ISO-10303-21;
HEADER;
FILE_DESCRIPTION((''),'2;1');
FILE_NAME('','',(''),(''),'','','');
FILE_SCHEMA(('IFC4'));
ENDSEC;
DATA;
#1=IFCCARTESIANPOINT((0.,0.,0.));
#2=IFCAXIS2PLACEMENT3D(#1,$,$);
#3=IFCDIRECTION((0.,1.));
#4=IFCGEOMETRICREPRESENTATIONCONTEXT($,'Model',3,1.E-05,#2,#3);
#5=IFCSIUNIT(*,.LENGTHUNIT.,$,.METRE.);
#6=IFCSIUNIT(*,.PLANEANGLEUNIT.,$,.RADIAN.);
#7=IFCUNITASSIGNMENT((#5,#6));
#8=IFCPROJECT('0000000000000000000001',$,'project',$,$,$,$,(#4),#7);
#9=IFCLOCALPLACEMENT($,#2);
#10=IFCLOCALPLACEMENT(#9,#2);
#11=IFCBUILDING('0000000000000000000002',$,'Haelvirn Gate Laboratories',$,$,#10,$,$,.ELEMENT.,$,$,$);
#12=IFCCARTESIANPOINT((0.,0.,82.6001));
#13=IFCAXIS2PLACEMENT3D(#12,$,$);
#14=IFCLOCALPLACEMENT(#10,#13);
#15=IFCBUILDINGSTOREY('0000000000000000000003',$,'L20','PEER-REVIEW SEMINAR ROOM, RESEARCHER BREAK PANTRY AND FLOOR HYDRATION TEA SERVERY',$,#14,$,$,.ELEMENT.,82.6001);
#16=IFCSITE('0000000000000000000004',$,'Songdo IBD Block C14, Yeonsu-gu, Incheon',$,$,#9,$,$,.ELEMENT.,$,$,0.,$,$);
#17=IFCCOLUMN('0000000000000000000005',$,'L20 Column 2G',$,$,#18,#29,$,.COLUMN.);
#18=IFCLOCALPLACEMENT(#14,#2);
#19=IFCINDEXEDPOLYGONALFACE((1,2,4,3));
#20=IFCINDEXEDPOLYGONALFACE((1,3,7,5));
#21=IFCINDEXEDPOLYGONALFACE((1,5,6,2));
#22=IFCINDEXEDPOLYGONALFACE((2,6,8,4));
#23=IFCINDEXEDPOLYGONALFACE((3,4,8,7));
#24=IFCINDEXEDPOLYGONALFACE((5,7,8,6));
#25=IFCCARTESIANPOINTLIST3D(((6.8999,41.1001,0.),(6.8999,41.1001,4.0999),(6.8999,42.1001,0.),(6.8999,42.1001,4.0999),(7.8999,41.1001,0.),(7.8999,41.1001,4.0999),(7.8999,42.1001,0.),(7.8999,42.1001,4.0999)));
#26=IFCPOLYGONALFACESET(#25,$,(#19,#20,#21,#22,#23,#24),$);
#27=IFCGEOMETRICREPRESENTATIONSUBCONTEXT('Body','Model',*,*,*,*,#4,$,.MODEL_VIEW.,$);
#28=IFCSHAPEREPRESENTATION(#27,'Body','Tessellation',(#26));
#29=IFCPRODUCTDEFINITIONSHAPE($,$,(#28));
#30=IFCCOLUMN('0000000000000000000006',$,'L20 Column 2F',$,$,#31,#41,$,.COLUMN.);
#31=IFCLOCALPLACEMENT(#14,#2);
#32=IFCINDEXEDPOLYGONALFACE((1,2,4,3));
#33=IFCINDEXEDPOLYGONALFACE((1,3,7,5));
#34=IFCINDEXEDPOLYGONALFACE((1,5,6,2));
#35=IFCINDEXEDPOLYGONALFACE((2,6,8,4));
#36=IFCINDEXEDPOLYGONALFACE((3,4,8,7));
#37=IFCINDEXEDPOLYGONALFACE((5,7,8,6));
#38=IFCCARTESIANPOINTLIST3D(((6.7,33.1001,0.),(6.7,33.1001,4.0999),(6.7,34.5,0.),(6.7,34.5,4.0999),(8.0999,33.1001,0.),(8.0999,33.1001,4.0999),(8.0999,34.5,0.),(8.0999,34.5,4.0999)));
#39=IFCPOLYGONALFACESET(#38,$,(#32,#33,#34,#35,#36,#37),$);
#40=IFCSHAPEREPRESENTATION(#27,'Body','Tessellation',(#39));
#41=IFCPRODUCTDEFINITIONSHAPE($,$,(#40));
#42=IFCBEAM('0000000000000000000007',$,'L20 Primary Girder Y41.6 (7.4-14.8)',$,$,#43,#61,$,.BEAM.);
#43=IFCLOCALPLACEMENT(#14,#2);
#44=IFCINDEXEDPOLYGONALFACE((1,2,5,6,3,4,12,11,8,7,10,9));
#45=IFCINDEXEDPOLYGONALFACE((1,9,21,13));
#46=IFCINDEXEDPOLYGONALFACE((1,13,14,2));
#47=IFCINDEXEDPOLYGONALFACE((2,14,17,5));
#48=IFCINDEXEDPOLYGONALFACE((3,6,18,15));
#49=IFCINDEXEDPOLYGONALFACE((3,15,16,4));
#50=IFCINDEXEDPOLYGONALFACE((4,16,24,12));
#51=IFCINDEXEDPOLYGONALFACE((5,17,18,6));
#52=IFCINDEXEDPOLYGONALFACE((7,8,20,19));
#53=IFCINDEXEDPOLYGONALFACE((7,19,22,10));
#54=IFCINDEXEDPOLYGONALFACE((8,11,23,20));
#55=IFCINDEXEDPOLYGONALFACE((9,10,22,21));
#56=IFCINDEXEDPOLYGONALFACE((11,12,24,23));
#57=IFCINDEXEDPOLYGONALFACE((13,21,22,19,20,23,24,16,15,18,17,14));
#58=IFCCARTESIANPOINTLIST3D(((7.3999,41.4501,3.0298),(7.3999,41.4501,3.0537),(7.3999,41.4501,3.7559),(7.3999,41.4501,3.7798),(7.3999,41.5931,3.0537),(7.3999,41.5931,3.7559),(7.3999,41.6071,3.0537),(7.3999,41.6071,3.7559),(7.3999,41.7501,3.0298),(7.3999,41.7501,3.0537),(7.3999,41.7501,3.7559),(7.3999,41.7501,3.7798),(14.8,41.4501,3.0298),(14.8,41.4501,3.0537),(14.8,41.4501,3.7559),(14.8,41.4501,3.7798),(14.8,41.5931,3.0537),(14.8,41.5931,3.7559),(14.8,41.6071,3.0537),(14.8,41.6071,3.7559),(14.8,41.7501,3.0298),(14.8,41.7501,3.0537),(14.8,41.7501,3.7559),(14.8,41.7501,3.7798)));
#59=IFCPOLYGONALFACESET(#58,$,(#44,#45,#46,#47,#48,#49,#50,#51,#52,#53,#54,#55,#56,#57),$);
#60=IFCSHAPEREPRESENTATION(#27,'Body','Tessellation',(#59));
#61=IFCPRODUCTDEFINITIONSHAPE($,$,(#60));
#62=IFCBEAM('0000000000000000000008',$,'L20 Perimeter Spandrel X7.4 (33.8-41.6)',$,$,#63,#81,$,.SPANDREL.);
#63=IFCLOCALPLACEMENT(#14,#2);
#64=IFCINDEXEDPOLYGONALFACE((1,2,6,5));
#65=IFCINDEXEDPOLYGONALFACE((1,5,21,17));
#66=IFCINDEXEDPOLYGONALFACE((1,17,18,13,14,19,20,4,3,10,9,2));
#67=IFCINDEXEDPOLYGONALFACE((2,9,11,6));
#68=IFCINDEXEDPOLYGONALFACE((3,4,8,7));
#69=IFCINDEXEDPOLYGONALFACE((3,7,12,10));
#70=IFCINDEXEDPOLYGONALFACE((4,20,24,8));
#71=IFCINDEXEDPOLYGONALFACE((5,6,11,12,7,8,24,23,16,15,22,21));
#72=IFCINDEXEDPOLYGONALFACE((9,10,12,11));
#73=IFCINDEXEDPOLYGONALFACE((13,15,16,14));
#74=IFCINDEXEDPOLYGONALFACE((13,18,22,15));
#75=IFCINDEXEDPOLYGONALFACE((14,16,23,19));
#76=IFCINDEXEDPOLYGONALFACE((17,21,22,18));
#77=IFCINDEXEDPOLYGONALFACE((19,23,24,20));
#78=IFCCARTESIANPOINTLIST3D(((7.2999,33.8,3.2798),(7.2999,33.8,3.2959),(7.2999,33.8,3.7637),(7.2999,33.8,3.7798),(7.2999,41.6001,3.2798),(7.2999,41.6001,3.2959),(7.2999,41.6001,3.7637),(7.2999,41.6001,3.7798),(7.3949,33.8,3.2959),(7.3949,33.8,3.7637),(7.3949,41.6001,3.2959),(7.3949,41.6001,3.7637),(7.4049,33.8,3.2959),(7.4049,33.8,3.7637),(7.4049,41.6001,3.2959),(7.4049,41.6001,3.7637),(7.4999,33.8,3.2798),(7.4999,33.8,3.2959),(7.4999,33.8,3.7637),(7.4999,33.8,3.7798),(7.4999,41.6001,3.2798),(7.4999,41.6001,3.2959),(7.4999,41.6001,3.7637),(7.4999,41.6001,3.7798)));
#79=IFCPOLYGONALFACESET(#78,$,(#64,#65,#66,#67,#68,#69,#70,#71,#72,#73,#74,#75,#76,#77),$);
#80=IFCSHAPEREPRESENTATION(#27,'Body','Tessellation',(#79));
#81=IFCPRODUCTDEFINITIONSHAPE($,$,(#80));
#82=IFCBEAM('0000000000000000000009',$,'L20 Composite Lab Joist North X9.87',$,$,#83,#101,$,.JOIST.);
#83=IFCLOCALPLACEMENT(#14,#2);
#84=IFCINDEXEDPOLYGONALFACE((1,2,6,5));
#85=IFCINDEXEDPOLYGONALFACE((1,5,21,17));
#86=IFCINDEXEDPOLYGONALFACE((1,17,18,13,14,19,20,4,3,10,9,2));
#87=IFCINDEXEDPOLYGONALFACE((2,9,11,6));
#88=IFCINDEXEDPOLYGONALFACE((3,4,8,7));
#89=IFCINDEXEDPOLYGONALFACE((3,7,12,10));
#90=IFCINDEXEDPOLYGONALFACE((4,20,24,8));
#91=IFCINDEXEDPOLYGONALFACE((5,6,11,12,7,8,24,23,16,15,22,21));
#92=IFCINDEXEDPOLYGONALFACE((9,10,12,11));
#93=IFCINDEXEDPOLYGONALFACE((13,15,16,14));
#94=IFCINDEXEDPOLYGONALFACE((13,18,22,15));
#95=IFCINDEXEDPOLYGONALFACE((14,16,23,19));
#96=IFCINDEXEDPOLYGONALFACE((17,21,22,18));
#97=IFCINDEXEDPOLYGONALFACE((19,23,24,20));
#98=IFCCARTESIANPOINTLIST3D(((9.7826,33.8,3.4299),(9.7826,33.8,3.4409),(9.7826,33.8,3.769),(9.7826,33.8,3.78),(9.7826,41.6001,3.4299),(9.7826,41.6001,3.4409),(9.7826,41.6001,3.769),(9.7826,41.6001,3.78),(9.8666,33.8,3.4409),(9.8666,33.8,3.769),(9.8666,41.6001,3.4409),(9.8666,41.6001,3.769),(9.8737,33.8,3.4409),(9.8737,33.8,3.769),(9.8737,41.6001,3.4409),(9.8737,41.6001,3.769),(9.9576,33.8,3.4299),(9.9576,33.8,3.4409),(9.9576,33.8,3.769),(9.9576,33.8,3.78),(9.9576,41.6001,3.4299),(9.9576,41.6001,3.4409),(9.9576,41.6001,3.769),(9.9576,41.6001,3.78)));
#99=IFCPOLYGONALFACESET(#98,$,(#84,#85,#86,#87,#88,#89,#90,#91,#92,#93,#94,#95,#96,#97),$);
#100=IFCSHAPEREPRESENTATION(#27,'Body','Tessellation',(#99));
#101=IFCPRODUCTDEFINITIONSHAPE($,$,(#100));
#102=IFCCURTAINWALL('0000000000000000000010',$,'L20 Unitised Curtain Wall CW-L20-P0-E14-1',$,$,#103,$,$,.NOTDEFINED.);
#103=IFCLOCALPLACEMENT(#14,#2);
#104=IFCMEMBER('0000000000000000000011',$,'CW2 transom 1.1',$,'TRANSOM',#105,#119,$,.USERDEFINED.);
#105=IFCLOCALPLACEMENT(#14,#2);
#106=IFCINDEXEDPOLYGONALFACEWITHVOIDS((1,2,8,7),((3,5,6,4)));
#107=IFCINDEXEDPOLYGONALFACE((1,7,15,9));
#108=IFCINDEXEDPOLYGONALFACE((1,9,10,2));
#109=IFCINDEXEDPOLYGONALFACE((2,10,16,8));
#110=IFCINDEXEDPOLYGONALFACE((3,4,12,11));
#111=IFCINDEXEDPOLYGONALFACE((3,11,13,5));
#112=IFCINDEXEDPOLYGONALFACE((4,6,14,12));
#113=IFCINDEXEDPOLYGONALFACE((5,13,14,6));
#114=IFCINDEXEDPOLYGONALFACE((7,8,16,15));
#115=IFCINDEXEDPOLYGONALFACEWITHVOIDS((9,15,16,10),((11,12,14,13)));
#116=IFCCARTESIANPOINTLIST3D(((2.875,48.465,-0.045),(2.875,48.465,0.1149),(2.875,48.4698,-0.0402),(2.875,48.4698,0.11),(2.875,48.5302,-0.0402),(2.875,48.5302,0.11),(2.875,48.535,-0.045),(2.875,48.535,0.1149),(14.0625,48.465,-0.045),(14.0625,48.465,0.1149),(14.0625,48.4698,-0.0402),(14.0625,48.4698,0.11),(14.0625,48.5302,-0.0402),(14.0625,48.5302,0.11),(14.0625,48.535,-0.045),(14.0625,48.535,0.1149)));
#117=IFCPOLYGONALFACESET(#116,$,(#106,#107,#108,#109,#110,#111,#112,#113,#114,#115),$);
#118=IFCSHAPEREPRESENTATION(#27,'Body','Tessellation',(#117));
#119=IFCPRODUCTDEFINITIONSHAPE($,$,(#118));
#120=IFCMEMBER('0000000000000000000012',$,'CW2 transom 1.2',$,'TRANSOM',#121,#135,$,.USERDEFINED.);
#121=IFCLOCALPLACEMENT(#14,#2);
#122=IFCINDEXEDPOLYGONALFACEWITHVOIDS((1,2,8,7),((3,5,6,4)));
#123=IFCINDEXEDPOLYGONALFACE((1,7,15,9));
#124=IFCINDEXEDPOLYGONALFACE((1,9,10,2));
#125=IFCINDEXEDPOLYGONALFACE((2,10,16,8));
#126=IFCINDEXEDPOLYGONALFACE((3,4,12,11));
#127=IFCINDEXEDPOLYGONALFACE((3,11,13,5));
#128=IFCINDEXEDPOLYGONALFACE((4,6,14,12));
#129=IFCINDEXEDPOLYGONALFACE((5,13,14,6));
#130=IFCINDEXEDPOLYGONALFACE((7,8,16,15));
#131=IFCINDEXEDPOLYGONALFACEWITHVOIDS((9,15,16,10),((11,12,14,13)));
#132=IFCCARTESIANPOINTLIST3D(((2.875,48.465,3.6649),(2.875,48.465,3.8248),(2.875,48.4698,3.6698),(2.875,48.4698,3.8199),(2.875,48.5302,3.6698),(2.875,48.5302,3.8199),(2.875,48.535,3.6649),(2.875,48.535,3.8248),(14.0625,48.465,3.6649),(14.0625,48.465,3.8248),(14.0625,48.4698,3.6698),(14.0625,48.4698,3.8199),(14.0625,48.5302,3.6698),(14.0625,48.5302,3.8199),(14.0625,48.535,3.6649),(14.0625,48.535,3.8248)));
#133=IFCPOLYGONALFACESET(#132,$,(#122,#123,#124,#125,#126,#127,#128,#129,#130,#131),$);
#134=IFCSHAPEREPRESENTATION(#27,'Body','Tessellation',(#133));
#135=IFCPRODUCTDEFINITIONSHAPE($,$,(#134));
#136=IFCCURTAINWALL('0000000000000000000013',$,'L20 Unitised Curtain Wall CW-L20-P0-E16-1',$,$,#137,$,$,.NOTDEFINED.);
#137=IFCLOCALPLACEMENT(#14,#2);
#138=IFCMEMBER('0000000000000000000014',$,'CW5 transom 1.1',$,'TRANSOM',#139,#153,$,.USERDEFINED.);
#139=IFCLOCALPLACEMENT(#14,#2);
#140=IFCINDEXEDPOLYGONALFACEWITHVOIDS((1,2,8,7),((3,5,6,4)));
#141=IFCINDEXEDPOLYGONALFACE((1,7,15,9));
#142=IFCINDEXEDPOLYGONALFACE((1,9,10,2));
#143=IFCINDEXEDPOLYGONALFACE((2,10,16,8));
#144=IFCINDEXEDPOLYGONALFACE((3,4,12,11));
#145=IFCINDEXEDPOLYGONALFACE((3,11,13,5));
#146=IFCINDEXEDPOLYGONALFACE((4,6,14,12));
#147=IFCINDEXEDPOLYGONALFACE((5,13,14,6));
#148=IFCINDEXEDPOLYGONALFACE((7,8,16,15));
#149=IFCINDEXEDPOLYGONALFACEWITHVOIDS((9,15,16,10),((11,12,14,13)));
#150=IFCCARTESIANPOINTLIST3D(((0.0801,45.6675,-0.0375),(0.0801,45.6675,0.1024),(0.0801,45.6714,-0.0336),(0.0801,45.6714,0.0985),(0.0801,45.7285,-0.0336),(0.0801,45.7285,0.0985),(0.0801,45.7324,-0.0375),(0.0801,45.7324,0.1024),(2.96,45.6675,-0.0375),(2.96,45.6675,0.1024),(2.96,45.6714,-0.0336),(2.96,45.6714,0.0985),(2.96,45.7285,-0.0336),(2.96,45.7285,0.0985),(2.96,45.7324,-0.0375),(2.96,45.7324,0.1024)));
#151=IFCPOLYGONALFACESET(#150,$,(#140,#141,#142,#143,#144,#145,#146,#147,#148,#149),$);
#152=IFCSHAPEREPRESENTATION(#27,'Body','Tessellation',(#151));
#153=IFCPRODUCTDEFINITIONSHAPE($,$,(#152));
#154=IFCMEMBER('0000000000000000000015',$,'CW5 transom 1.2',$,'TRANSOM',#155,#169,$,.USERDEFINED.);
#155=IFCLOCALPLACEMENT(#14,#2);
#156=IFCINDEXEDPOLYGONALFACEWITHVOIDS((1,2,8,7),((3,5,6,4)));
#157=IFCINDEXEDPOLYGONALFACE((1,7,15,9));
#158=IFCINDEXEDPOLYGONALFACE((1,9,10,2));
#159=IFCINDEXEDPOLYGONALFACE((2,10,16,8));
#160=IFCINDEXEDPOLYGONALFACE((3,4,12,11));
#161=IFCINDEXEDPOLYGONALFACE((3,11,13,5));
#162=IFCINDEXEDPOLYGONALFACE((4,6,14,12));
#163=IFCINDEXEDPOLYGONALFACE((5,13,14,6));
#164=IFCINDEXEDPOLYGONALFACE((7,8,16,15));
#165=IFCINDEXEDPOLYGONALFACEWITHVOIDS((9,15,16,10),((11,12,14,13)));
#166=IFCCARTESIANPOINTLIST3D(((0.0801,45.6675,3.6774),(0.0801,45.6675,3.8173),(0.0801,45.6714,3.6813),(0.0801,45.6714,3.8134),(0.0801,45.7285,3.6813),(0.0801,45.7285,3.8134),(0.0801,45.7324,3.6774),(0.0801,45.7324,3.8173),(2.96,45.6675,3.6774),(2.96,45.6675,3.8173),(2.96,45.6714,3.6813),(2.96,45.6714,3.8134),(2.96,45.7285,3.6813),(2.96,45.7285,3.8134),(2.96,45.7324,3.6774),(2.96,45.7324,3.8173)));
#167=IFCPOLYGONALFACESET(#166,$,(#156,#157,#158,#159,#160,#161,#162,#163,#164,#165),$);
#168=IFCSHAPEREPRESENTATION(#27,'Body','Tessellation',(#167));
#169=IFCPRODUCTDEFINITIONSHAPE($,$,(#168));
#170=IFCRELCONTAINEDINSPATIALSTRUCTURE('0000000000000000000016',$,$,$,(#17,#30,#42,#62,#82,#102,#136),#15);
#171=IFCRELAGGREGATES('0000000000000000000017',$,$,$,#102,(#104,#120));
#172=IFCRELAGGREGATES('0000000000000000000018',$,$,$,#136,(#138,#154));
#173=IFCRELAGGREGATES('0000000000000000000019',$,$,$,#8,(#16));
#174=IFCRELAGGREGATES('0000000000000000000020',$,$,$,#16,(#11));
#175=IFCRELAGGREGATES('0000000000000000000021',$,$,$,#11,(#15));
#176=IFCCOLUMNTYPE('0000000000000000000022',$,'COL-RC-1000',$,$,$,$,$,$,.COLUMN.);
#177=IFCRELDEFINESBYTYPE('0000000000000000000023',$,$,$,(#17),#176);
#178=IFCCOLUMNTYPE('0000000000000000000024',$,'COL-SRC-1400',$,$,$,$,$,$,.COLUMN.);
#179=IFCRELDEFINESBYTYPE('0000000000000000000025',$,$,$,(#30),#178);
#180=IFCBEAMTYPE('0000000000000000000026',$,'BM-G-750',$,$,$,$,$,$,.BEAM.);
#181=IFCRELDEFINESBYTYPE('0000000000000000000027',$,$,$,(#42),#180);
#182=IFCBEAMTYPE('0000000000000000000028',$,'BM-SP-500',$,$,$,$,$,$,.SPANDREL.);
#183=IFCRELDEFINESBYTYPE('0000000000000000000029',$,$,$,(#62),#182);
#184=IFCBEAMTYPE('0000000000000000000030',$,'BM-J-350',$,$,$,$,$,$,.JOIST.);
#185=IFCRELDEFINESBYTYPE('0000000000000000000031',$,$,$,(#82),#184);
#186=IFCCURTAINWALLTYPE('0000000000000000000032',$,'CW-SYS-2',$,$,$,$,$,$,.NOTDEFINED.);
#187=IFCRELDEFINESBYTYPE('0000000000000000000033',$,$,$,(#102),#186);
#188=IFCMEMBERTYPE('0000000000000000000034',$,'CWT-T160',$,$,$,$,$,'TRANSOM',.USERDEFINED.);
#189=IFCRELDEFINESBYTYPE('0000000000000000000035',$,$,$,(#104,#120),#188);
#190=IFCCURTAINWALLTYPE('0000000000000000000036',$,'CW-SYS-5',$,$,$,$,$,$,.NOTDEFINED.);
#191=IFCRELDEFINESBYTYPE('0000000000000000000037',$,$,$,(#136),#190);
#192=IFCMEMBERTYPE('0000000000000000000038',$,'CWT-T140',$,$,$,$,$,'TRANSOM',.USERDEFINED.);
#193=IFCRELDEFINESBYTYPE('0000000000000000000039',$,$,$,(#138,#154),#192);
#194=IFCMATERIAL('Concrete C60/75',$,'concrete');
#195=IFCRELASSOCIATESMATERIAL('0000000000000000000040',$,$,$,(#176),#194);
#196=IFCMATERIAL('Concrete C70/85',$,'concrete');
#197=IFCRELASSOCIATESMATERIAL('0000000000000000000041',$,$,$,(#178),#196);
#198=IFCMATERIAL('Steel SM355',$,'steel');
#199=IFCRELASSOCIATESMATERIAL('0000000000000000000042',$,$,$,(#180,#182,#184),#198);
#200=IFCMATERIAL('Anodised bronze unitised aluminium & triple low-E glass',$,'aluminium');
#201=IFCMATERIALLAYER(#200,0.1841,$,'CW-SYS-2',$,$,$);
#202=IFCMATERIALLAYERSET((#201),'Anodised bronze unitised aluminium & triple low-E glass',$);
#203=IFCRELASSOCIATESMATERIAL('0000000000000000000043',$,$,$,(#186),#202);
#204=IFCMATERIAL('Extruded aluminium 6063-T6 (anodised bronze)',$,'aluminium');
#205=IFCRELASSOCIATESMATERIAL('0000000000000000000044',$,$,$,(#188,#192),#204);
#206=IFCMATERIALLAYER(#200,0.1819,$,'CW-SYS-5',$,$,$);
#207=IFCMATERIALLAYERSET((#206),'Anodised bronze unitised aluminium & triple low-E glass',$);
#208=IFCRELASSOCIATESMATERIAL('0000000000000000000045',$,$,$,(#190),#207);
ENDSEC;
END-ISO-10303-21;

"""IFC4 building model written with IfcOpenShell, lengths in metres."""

from ifc_helpers import new_model, si_unit, direction, frame, origin, origin_2d, place, context, subcontext, project, spatial, rectangle, hollow_rectangle, i_section, extrude, source, transform, mapped, material, layer, layer_set, material_profile, profile_set, type_object, type_shapes, element, aggregate, save


model = new_model("IFC4")

# Units and contexts
model_context = context("Model", 3, precision=1e-05, world=origin(), true_north=direction((0.0, 1.0)))
body_context = subcontext(model_context, "Body", "Model", "MODEL_VIEW")
ifc_project = project(units=[si_unit("LENGTHUNIT", "METRE"), si_unit("PLANEANGLEUNIT", "RADIAN")], contexts=[model_context])

# Site, building, storey
site_placement = place(None, origin())
site = spatial("IfcSite", under=ifc_project, at=site_placement, Name="Songdo IBD Block C14, Yeonsu-gu, Incheon", CompositionType="ELEMENT", RefElevation=0.0)
building_placement = place(site_placement, origin())
building = spatial("IfcBuilding", under=site, at=building_placement, Name="Haelvirn Gate Laboratories", CompositionType="ELEMENT")
storey_placement = place(building_placement, frame((0.0, 0.0, 82.6001)))
storey = spatial("IfcBuildingStorey", under=building, at=storey_placement, Name="L20", Description="PEER-REVIEW SEMINAR ROOM, RESEARCHER BREAK PANTRY AND FLOOR HYDRATION TEA SERVERY", CompositionType="ELEMENT", Elevation=82.6001)

# Columns
ifc_material_1 = material(Name="Concrete C60/75", Category="concrete")
ifc_material_profile_1 = material_profile(ifc_material_1, rectangle(XDim=1.0, YDim=1.0, at=origin_2d()), Name="RC-1000x1000")
ifc_profile_set_1 = profile_set([ifc_material_profile_1], Name="Concrete C60/75")
column_type_1 = type_object("IfcColumnType", Name="COL-RC-1000", PredefinedType="COLUMN", material=ifc_profile_set_1)
shared_shape_1 = source(origin(), body_context, "Body", "SweptSolid", [
    extrude(rectangle(XDim=1.0, YDim=1.0, at=origin_2d()), origin(), (0.0, 0.0, 1.0), 4.0999),
])
type_shapes(column_type_1, [shared_shape_1])
column_1_placement = place(storey_placement, frame((7.3999, 41.6001, 0.0), z_axis=(0.0, 0.0, 1.0), x_axis=(1.0, 0.0, 0.0)))
element("IfcColumn", 1, at=column_1_placement, inside=storey, type_object=column_type_1, Name="L20 Column 2G", PredefinedType="COLUMN", context=body_context, shape_type="MappedRepresentation", body=[
    mapped(shared_shape_1, transform((0.0, 0.0, 0.0), scale=1.0)),
])
ifc_material_2 = material(Name="Concrete C70/85", Category="concrete")
ifc_material_profile_2 = material_profile(ifc_material_2, rectangle(XDim=1.3999, YDim=1.3999, at=origin_2d()), Name="SRC-1400x1400")
ifc_profile_set_2 = profile_set([ifc_material_profile_2], Name="Concrete C70/85")
column_type_2 = type_object("IfcColumnType", Name="COL-SRC-1400", PredefinedType="COLUMN", material=ifc_profile_set_2)
shared_shape_2 = source(origin(), body_context, "Body", "SweptSolid", [
    extrude(rectangle(XDim=1.3999, YDim=1.3999, at=origin_2d()), origin(), (0.0, 0.0, 1.0), 4.0999),
])
type_shapes(column_type_2, [shared_shape_2])
column_2_placement = place(storey_placement, frame((7.3999, 33.8, 0.0), z_axis=(0.0, 0.0, 1.0), x_axis=(1.0, 0.0, 0.0)))
element("IfcColumn", 2, at=column_2_placement, inside=storey, type_object=column_type_2, Name="L20 Column 2F", PredefinedType="COLUMN", context=body_context, shape_type="MappedRepresentation", body=[
    mapped(shared_shape_2, transform((0.0, 0.0, 0.0), scale=1.0)),
])

# Beams
ifc_material_3 = material(Name="Steel SM355", Category="steel")
ifc_material_profile_3 = material_profile(ifc_material_3, i_section(OverallWidth=0.3, OverallDepth=0.75, WebThickness=0.0139, FlangeThickness=0.0239, at=origin_2d()), Name="H-750x300x14x24")
ifc_profile_set_3 = profile_set([ifc_material_profile_3], Name="Steel SM355")
beam_type_1 = type_object("IfcBeamType", Name="BM-G-750", PredefinedType="BEAM", material=ifc_profile_set_3)
shared_shape_3 = source(origin(), body_context, "Body", "SweptSolid", [
    extrude(i_section(OverallWidth=0.3, OverallDepth=0.75, WebThickness=0.0139, FlangeThickness=0.0239, at=origin_2d()), origin(), (0.0, 0.0, 1.0), 7.4001),
])
type_shapes(beam_type_1, [shared_shape_3])
beam_1_placement = place(storey_placement, frame((7.3999, 41.6001, 3.4048), z_axis=(1.0, 0.0, 0.0), x_axis=(0.0, 1.0, 0.0)))
element("IfcBeam", 3, at=beam_1_placement, inside=storey, type_object=beam_type_1, Name="L20 Primary Girder Y41.6 (7.4-14.8)", PredefinedType="BEAM", context=body_context, shape_type="MappedRepresentation", body=[
    mapped(shared_shape_3, transform((0.0, 0.0, 0.0), scale=1.0)),
])
ifc_material_profile_4 = material_profile(ifc_material_3, i_section(OverallWidth=0.2, OverallDepth=0.5, WebThickness=0.01, FlangeThickness=0.0161, at=origin_2d()), Name="H-500x200x10x16")
ifc_profile_set_4 = profile_set([ifc_material_profile_4], Name="Steel SM355")
beam_type_2 = type_object("IfcBeamType", Name="BM-SP-500", PredefinedType="SPANDREL", material=ifc_profile_set_4)
shared_shape_4 = source(origin(), body_context, "Body", "SweptSolid", [
    extrude(i_section(OverallWidth=0.2, OverallDepth=0.5, WebThickness=0.01, FlangeThickness=0.0161, at=origin_2d()), origin(), (0.0, 0.0, 1.0), 7.8),
])
type_shapes(beam_type_2, [shared_shape_4])
beam_2_placement = place(storey_placement, frame((7.3999, 33.8, 3.5298), z_axis=(0.0, 1.0, 0.0), x_axis=(-1.0, 0.0, 0.0)))
element("IfcBeam", 4, at=beam_2_placement, inside=storey, type_object=beam_type_2, Name="L20 Perimeter Spandrel X7.4 (33.8-41.6)", PredefinedType="SPANDREL", context=body_context, shape_type="MappedRepresentation", body=[
    mapped(shared_shape_4, transform((0.0, 0.0, 0.0), scale=1.0)),
])
ifc_material_profile_5 = material_profile(ifc_material_3, i_section(OverallWidth=0.175, OverallDepth=0.3501, WebThickness=0.0071, FlangeThickness=0.011, at=origin_2d()), Name="H-350x175x7x11")
ifc_profile_set_5 = profile_set([ifc_material_profile_5], Name="Steel SM355")
beam_type_3 = type_object("IfcBeamType", Name="BM-J-350", PredefinedType="JOIST", material=ifc_profile_set_5)
shared_shape_5 = source(origin(), body_context, "Body", "SweptSolid", [
    extrude(i_section(OverallWidth=0.175, OverallDepth=0.3501, WebThickness=0.0071, FlangeThickness=0.011, at=origin_2d()), origin(), (0.0, 0.0, 1.0), 7.8),
])
type_shapes(beam_type_3, [shared_shape_5])
beam_3_placement = place(storey_placement, frame((9.8701, 33.8, 3.605), z_axis=(0.0, 1.0, 0.0), x_axis=(-1.0, 0.0, 0.0)))
element("IfcBeam", 5, at=beam_3_placement, inside=storey, type_object=beam_type_3, Name="L20 Composite Lab Joist North X9.87", PredefinedType="JOIST", context=body_context, shape_type="MappedRepresentation", body=[
    mapped(shared_shape_5, transform((0.0, 0.0, 0.0), scale=1.0)),
])

# Curtain walls, members
ifc_material_4 = material(Name="Anodised bronze unitised aluminium & triple low-E glass", Category="aluminium")
ifc_layer_1 = layer(ifc_material_4, 0.1841, Name="CW-SYS-2")
ifc_layer_set_1 = layer_set([ifc_layer_1], Name="Anodised bronze unitised aluminium & triple low-E glass")
curtain_wall_type_1 = type_object("IfcCurtainWallType", Name="CW-SYS-2", PredefinedType="NOTDEFINED", material=ifc_layer_set_1)
curtain_wall_1_placement = place(storey_placement, origin())
curtain_wall_1 = element("IfcCurtainWall", 6, at=curtain_wall_1_placement, inside=storey, type_object=curtain_wall_type_1, Name="L20 Unitised Curtain Wall CW-L20-P0-E14-1", PredefinedType="NOTDEFINED")
ifc_material_5 = material(Name="Extruded aluminium 6063-T6 (anodised bronze)", Category="aluminium")
ifc_material_profile_6 = material_profile(ifc_material_5, hollow_rectangle(XDim=0.0701, YDim=0.1599, WallThickness=0.0049, at=origin_2d()), Name="CWT-160x70x5")
ifc_profile_set_6 = profile_set([ifc_material_profile_6], Name="Extruded aluminium 6063-T6 (anodised bronze)")
member_type_1 = type_object("IfcMemberType", Name="CWT-T160", ElementType="TRANSOM", PredefinedType="USERDEFINED", material=ifc_profile_set_6)
shared_shape_6 = source(origin(), body_context, "Body", "SweptSolid", [
    extrude(hollow_rectangle(XDim=0.0701, YDim=0.1599, WallThickness=0.0049, at=origin_2d()), origin(), (0.0, 0.0, 1.0), 11.1875),
])
member_1_placement = place(storey_placement, frame((2.875, 48.5, 0.0349), z_axis=(1.0, 0.0, 0.0), x_axis=(0.0, 1.0, 0.0)))
member_1 = element("IfcMember", 7, at=member_1_placement, type_object=member_type_1, Name="CW2 transom 1.1", ObjectType="TRANSOM", PredefinedType="USERDEFINED", context=body_context, shape_type="MappedRepresentation", body=[
    mapped(shared_shape_6, transform((0.0, 0.0, 0.0), scale=1.0)),
])
member_2_placement = place(storey_placement, frame((2.875, 48.5, 3.7449), z_axis=(1.0, 0.0, 0.0), x_axis=(0.0, 1.0, 0.0)))
member_2 = element("IfcMember", 8, at=member_2_placement, type_object=member_type_1, Name="CW2 transom 1.2", ObjectType="TRANSOM", PredefinedType="USERDEFINED", context=body_context, shape_type="MappedRepresentation", body=[
    mapped(shared_shape_6, transform((0.0, 0.0, 0.0), scale=1.0)),
])
ifc_layer_2 = layer(ifc_material_4, 0.1819, Name="CW-SYS-5")
ifc_layer_set_2 = layer_set([ifc_layer_2], Name="Anodised bronze unitised aluminium & triple low-E glass")
curtain_wall_type_2 = type_object("IfcCurtainWallType", Name="CW-SYS-5", PredefinedType="NOTDEFINED", material=ifc_layer_set_2)
curtain_wall_2_placement = place(storey_placement, origin())
curtain_wall_2 = element("IfcCurtainWall", 9, at=curtain_wall_2_placement, inside=storey, type_object=curtain_wall_type_2, Name="L20 Unitised Curtain Wall CW-L20-P0-E16-1", PredefinedType="NOTDEFINED")
ifc_material_profile_7 = material_profile(ifc_material_5, hollow_rectangle(XDim=0.0649, YDim=0.1399, WallThickness=0.0039, at=origin_2d()), Name="CWT-140x65x4")
ifc_profile_set_7 = profile_set([ifc_material_profile_7], Name="Extruded aluminium 6063-T6 (anodised bronze)")
member_type_2 = type_object("IfcMemberType", Name="CWT-T140", ElementType="TRANSOM", PredefinedType="USERDEFINED", material=ifc_profile_set_7)
shared_shape_7 = source(origin(), body_context, "Body", "SweptSolid", [
    extrude(hollow_rectangle(XDim=0.0649, YDim=0.1399, WallThickness=0.0039, at=origin_2d()), origin(), (0.0, 0.0, 1.0), 2.8799),
])
type_shapes(member_type_2, [shared_shape_7])
member_3_placement = place(storey_placement, frame((0.0801, 45.7, 0.0325), z_axis=(1.0, 0.0, 0.0), x_axis=(0.0, 1.0, 0.0)))
member_3 = element("IfcMember", 10, at=member_3_placement, type_object=member_type_2, Name="CW5 transom 1.1", ObjectType="TRANSOM", PredefinedType="USERDEFINED", context=body_context, shape_type="MappedRepresentation", body=[
    mapped(shared_shape_7, transform((0.0, 0.0, 0.0), scale=1.0)),
])
member_4_placement = place(storey_placement, frame((0.0801, 45.7, 3.7473), z_axis=(1.0, 0.0, 0.0), x_axis=(0.0, 1.0, 0.0)))
member_4 = element("IfcMember", 11, at=member_4_placement, type_object=member_type_2, Name="CW5 transom 1.2", ObjectType="TRANSOM", PredefinedType="USERDEFINED", context=body_context, shape_type="MappedRepresentation", body=[
    mapped(shared_shape_7, transform((0.0, 0.0, 0.0), scale=1.0)),
])

aggregate(curtain_wall_1, [member_1, member_2])
aggregate(curtain_wall_2, [member_3, member_4])

save(model, "model.ifc")
